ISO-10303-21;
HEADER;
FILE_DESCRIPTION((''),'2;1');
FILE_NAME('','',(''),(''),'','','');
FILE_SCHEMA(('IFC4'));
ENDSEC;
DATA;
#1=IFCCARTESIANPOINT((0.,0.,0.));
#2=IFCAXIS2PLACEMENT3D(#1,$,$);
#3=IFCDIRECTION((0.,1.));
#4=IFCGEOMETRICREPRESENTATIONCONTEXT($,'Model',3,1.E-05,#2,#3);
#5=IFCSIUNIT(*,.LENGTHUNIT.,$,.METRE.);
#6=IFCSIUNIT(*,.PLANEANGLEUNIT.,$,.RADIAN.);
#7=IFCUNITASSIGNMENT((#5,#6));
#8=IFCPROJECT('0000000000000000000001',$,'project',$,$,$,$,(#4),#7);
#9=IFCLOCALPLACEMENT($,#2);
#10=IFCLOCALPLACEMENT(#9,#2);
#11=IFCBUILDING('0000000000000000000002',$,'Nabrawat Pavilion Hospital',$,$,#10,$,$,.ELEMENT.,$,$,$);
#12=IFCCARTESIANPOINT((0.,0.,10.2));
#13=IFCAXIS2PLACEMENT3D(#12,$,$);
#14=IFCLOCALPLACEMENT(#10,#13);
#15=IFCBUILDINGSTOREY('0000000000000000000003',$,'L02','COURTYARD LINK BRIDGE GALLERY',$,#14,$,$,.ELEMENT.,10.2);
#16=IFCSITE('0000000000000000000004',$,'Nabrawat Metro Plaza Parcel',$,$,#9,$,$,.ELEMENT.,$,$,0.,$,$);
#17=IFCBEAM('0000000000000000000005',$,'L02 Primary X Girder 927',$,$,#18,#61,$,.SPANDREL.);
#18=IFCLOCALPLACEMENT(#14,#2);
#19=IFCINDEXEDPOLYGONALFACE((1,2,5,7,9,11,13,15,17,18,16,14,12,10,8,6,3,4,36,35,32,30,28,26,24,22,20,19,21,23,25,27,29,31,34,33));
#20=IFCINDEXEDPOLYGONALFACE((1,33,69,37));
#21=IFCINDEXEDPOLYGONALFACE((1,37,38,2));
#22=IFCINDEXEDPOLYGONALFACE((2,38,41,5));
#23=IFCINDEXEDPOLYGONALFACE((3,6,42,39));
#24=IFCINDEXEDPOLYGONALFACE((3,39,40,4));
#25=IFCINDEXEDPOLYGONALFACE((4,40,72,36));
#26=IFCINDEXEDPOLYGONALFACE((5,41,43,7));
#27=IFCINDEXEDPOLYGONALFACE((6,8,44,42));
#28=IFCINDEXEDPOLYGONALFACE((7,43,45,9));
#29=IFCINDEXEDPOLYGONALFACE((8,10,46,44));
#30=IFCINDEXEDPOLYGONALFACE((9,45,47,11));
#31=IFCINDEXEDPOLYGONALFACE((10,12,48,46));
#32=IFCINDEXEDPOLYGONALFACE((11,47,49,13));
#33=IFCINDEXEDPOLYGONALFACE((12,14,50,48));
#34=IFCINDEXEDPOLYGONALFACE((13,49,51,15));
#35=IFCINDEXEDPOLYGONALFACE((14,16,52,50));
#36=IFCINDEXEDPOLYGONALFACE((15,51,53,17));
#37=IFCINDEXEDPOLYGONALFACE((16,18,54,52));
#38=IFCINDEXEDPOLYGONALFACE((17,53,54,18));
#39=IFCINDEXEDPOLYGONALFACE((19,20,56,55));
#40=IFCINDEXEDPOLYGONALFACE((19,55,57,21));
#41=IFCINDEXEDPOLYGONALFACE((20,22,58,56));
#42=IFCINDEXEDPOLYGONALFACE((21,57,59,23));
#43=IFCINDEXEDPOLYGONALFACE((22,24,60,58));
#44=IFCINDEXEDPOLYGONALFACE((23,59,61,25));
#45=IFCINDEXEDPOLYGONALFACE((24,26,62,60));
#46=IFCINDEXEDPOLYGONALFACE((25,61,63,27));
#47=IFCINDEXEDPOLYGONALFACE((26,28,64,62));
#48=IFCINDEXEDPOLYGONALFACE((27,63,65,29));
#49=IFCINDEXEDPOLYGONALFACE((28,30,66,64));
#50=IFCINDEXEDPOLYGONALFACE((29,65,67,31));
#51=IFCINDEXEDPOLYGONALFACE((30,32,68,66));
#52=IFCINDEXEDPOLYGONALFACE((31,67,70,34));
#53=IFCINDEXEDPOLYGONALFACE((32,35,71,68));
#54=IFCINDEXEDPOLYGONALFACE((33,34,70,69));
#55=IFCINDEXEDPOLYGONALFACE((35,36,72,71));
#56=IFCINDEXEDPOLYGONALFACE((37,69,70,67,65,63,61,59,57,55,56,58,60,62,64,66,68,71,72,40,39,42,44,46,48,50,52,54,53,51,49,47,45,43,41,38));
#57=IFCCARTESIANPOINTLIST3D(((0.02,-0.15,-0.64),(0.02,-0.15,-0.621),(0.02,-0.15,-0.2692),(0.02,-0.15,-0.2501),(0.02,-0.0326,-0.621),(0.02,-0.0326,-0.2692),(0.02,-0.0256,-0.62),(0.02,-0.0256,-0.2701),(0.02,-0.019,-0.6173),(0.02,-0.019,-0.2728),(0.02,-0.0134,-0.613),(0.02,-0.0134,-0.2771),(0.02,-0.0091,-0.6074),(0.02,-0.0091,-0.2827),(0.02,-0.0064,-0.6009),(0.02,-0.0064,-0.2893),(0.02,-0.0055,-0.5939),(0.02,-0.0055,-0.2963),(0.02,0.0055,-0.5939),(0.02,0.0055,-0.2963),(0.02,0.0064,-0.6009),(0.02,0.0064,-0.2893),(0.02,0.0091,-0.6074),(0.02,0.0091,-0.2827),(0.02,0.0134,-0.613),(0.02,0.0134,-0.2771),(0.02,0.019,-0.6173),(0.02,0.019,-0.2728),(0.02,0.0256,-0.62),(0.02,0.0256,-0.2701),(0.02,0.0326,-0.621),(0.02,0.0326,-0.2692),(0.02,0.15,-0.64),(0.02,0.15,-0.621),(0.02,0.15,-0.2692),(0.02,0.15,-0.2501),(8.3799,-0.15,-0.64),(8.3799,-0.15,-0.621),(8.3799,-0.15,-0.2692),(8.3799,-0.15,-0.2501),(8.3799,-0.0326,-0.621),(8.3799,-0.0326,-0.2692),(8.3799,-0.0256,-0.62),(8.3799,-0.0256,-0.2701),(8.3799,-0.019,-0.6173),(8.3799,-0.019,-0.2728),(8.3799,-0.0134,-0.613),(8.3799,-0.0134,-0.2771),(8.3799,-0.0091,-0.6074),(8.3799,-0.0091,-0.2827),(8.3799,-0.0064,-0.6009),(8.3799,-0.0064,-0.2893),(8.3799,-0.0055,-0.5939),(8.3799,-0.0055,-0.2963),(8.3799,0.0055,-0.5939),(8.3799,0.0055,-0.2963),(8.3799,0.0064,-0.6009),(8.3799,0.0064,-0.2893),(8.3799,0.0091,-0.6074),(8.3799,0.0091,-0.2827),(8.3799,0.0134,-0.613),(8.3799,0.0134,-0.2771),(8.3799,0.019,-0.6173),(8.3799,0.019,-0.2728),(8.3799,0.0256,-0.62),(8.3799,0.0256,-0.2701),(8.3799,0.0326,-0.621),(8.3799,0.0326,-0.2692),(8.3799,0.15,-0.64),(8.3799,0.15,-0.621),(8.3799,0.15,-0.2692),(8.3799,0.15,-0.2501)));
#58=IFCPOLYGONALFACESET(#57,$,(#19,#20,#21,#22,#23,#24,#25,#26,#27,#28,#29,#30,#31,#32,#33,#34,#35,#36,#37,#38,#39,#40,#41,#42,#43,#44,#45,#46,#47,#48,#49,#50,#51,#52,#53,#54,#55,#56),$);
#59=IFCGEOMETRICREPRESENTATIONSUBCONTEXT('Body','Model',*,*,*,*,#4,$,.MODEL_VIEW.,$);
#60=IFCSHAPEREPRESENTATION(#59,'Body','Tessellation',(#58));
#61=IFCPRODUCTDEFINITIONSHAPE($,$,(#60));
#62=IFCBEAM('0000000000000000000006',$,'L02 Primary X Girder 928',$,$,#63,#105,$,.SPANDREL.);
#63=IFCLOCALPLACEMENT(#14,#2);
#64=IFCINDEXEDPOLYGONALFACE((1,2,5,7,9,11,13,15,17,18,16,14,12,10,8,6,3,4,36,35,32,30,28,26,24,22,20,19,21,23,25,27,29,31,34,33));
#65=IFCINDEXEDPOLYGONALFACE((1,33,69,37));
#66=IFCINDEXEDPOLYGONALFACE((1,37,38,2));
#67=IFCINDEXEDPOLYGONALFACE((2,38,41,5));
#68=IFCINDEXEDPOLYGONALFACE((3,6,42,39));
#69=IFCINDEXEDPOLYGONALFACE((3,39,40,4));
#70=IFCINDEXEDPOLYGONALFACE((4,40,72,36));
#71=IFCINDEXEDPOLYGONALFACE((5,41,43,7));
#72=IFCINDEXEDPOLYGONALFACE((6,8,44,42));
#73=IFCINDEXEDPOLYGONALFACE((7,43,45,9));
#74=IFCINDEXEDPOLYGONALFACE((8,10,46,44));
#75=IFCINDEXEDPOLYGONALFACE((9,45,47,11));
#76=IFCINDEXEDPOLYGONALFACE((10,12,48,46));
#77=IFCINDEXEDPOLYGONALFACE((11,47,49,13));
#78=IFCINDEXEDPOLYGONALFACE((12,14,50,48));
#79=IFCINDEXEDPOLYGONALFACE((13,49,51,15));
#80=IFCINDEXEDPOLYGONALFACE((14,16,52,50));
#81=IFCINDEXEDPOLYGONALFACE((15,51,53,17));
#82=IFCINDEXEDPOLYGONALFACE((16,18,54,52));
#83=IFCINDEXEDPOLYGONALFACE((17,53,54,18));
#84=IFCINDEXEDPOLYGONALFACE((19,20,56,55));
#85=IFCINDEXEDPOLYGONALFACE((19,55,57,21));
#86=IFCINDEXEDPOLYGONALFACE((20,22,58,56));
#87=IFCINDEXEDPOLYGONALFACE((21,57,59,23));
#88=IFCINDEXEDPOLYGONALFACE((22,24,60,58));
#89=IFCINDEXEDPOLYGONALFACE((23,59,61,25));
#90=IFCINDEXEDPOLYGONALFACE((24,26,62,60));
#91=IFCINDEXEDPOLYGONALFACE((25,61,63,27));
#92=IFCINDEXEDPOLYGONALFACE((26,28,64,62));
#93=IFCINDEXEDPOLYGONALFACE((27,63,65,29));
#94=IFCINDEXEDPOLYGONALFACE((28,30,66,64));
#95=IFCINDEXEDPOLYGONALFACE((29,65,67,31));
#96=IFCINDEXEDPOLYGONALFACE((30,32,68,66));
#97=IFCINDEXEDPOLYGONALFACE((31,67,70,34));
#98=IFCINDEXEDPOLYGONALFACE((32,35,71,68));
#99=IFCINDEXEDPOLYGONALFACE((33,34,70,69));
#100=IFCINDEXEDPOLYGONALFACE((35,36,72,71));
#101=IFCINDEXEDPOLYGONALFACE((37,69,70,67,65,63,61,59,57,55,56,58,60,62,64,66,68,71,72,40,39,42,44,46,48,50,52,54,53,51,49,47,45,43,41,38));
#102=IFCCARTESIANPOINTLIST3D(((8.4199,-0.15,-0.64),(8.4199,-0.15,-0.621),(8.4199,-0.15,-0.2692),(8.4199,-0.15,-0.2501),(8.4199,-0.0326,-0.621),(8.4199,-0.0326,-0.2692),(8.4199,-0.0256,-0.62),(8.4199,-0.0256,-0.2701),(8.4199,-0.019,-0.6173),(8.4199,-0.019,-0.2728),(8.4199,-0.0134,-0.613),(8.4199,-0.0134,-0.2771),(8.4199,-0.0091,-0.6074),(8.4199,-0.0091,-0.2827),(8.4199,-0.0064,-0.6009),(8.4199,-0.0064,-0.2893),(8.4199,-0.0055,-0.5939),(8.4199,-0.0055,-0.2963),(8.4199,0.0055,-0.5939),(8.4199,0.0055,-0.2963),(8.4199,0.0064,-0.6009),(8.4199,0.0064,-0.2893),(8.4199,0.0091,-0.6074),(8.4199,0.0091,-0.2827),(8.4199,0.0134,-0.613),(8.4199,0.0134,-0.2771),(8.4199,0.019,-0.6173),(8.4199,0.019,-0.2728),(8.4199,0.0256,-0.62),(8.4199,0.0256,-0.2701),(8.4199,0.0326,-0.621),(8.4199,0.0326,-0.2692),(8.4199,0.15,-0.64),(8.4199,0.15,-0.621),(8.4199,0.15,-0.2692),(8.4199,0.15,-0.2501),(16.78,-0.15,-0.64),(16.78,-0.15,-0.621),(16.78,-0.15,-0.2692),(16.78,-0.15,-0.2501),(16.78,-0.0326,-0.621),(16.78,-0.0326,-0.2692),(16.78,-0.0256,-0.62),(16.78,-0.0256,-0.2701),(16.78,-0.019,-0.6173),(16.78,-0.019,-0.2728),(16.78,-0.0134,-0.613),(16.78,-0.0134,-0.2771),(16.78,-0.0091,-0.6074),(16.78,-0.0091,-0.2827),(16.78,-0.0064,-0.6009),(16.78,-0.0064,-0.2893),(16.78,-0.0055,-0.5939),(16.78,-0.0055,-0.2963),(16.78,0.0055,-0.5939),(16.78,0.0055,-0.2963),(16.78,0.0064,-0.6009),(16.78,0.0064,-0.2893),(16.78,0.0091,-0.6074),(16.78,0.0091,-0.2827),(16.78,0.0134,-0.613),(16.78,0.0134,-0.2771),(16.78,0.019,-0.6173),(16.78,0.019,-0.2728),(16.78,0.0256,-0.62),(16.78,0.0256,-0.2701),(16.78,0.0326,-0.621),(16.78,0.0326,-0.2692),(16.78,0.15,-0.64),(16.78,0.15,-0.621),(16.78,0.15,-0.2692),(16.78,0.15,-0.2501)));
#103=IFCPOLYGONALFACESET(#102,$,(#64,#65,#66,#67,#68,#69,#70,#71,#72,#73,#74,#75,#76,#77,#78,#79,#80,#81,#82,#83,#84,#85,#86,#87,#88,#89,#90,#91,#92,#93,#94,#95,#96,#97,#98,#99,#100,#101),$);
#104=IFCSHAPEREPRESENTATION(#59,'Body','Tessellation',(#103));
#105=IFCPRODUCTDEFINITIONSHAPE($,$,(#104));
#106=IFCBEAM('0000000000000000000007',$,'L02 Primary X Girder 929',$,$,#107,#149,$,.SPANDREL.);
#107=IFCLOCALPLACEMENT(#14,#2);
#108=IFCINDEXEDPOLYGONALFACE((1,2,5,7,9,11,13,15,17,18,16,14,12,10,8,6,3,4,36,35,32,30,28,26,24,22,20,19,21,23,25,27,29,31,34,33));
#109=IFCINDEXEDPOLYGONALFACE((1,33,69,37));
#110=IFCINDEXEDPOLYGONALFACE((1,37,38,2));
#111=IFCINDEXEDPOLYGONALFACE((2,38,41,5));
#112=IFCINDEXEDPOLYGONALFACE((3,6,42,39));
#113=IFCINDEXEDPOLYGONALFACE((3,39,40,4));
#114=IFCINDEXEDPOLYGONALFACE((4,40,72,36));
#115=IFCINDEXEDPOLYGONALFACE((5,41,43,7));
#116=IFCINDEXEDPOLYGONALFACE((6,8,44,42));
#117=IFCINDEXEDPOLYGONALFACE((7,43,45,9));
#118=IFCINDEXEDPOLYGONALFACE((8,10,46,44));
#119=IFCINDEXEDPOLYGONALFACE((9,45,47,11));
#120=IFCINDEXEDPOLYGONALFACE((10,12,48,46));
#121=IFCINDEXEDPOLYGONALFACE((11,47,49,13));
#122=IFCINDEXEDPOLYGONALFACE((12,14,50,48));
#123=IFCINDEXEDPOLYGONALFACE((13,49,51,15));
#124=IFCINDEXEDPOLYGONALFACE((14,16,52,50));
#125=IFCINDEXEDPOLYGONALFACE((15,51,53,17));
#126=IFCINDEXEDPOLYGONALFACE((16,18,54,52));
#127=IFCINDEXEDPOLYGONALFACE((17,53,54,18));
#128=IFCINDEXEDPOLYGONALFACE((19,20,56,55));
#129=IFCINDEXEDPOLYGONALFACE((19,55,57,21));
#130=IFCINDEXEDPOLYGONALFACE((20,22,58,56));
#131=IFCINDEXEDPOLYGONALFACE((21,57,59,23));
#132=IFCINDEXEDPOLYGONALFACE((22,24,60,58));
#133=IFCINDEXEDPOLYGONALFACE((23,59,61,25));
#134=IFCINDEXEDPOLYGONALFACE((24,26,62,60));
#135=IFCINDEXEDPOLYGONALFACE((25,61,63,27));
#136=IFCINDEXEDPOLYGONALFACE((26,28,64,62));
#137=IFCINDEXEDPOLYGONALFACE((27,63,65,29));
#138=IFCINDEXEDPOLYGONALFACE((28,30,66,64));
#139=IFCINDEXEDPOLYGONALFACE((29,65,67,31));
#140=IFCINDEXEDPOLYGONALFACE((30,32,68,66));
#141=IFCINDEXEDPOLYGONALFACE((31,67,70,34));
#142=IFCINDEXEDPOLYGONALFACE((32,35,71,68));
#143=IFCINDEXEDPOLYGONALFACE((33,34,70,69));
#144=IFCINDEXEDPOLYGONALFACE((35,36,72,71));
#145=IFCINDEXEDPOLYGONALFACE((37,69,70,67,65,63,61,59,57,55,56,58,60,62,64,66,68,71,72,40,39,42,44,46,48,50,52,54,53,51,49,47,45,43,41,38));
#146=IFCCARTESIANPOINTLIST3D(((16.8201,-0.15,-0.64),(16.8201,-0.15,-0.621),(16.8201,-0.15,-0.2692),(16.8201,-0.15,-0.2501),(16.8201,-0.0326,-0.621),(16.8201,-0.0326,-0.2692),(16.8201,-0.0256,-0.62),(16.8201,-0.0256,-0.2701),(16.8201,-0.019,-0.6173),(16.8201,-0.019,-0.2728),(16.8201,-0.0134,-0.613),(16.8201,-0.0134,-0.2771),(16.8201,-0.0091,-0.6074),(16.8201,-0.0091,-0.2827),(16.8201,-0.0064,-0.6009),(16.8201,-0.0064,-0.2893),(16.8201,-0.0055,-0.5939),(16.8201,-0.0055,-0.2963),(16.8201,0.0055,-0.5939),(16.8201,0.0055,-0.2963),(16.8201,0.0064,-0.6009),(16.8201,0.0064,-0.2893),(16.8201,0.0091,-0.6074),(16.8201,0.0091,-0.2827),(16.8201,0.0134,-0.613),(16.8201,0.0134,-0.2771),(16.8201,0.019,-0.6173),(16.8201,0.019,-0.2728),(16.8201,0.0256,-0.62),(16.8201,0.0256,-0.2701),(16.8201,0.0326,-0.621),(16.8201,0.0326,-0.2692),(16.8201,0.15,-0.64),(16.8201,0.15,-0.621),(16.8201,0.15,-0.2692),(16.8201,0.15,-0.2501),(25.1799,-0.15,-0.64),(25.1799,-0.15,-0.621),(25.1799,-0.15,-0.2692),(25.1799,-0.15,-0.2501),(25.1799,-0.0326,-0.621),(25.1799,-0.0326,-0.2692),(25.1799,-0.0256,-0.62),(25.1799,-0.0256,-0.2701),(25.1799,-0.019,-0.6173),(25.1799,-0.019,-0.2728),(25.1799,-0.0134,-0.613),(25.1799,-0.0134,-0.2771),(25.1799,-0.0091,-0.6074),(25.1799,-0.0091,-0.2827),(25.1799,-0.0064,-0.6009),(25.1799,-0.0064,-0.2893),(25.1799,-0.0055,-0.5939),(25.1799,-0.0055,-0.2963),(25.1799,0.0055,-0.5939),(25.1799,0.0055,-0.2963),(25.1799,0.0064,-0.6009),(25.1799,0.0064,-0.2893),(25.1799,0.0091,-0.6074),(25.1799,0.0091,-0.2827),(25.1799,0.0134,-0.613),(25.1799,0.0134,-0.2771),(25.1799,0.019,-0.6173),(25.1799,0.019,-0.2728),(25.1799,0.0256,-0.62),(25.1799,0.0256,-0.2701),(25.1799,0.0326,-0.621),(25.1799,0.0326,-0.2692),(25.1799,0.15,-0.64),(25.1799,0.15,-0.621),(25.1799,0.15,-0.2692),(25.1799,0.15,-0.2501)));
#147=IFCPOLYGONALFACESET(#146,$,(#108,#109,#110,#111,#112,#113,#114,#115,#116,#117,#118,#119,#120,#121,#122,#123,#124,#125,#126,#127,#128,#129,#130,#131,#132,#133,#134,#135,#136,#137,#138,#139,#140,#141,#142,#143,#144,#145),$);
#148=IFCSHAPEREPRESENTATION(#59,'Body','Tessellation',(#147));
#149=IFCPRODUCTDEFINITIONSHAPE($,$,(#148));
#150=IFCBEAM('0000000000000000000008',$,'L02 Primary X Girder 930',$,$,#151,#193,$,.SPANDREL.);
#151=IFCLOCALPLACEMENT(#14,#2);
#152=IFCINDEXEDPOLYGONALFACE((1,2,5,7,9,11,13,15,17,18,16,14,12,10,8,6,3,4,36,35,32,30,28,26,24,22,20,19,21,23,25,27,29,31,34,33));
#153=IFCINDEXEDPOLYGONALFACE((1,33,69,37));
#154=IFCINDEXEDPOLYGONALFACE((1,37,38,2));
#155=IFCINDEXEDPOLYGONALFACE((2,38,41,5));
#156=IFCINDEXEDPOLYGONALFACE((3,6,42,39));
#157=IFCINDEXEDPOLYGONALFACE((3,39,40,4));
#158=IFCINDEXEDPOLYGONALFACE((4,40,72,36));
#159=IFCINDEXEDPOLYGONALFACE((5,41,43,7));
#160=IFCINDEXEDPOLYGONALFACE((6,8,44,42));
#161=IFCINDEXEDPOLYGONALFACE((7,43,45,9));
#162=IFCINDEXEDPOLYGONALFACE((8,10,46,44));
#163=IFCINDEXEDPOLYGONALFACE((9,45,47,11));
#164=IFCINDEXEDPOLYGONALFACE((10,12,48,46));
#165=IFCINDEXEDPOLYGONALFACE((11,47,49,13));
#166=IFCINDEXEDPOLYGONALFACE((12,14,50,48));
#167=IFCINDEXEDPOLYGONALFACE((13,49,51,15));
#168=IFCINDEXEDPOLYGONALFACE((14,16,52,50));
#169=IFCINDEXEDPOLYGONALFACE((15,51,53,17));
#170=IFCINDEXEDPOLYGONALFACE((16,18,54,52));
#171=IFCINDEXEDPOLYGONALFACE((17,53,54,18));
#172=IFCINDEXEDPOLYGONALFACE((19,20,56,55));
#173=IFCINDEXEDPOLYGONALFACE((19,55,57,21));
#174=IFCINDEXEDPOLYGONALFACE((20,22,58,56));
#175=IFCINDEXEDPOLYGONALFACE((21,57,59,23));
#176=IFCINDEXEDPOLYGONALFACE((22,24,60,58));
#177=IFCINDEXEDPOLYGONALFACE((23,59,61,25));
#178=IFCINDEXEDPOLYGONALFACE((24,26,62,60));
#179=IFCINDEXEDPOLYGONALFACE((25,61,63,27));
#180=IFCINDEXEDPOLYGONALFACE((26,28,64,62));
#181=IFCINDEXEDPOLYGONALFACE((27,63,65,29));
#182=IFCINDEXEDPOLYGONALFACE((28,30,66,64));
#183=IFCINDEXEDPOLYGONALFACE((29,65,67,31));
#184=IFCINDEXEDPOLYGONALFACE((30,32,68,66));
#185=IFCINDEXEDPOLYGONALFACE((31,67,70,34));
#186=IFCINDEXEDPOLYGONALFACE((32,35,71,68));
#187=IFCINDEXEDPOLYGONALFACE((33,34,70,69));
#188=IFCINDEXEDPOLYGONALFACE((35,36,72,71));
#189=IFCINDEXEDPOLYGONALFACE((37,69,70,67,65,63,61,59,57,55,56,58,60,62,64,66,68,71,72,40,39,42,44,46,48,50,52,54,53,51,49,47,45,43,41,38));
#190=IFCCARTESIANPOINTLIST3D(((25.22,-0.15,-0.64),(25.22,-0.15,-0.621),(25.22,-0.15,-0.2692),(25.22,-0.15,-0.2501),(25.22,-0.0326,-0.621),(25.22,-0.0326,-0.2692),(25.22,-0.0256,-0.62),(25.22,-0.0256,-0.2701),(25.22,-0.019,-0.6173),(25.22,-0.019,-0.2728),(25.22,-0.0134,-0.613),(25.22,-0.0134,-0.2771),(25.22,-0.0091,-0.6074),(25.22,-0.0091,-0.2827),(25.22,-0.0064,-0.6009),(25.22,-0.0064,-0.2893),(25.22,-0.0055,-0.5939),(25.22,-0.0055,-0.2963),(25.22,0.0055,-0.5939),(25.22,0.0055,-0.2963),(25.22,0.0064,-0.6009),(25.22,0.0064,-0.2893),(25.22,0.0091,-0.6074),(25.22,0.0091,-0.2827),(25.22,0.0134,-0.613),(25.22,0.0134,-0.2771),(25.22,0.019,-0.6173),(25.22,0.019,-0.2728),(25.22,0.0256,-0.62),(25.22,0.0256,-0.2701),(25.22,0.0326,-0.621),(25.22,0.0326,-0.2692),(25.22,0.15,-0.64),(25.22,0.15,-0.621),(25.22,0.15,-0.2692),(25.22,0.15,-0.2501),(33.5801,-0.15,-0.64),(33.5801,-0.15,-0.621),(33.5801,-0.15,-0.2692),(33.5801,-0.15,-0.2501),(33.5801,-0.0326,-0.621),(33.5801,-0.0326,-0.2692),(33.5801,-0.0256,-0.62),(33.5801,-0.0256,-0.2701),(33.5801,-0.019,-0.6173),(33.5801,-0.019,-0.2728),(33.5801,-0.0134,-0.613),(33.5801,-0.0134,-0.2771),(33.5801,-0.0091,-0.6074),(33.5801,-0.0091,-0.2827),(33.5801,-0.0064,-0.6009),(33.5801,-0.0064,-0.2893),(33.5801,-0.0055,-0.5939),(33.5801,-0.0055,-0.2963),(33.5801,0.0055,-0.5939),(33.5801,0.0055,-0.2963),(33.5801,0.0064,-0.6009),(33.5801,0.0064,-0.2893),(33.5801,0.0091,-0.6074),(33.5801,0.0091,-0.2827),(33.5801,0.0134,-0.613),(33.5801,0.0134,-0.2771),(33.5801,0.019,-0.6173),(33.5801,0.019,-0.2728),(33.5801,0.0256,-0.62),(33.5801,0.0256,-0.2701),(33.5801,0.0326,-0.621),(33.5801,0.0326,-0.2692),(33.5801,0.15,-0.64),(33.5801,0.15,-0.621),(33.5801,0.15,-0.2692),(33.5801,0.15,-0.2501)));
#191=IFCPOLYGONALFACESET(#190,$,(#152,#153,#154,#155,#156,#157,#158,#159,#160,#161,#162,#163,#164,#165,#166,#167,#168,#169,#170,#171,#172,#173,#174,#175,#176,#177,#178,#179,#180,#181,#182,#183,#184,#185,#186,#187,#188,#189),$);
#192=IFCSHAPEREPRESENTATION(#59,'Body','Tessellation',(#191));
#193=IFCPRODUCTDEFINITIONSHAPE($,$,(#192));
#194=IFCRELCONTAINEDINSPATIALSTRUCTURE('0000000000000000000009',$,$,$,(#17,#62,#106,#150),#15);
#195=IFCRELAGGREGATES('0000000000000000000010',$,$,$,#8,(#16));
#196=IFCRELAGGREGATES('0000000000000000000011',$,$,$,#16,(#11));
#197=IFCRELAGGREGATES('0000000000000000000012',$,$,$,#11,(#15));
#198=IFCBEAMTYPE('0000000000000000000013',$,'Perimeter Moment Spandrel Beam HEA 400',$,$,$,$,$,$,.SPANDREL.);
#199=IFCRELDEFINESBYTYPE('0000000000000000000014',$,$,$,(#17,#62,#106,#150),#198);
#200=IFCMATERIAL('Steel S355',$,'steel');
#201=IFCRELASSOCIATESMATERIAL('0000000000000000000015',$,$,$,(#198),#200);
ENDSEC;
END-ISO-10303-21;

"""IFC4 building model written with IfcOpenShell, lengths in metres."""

from ifc_helpers import new_model, si_unit, direction, frame, origin, origin_2d, place, context, subcontext, project, spatial, i_section, extrude, material, material_profile, profile_set, type_object, element, save


model = new_model("IFC4")

# Units and contexts
model_context = context("Model", 3, precision=1e-05, world=origin(), true_north=direction((0.0, 1.0)))
body_context = subcontext(model_context, "Body", "Model", "MODEL_VIEW")
ifc_project = project(units=[si_unit("LENGTHUNIT", "METRE"), si_unit("PLANEANGLEUNIT", "RADIAN")], contexts=[model_context])

# Site, building, storey
site_placement = place(None, origin())
site = spatial("IfcSite", under=ifc_project, at=site_placement, Name="Nabrawat Metro Plaza Parcel", CompositionType="ELEMENT", RefElevation=0.0)
building_placement = place(site_placement, origin())
building = spatial("IfcBuilding", under=site, at=building_placement, Name="Nabrawat Pavilion Hospital", CompositionType="ELEMENT")
storey_placement = place(building_placement, frame((0.0, 0.0, 10.2)))
storey = spatial("IfcBuildingStorey", under=building, at=storey_placement, Name="L02", Description="COURTYARD LINK BRIDGE GALLERY", CompositionType="ELEMENT", Elevation=10.2)

# Beams
ifc_material_1 = material(Name="Steel S355", Category="steel")
ifc_material_profile_1 = material_profile(ifc_material_1, i_section(OverallWidth=0.3, OverallDepth=0.3899, WebThickness=0.011, FlangeThickness=0.019, FilletRadius=0.0271, at=origin_2d()), Name="HEA 400")
ifc_profile_set_1 = profile_set([ifc_material_profile_1], Name="Steel S355")
beam_type_1 = type_object("IfcBeamType", Name="Perimeter Moment Spandrel Beam HEA 400", PredefinedType="SPANDREL", material=ifc_profile_set_1)
beam_1_placement = place(storey_placement, frame((0.02, 0.0, -0.4451), z_axis=(1.0, 0.0, 0.0), x_axis=(0.0, 1.0, 0.0)))
element("IfcBeam", 1, at=beam_1_placement, inside=storey, type_object=beam_type_1, Name="L02 Primary X Girder 927", PredefinedType="SPANDREL", context=body_context, shape_type="SweptSolid", body=[
    extrude(i_section(OverallWidth=0.3, OverallDepth=0.3899, WebThickness=0.011, FlangeThickness=0.019, FilletRadius=0.0271, at=origin_2d()), origin(), (0.0, 0.0, 1.0), 8.3599),
])
beam_2_placement = place(storey_placement, frame((8.4199, 0.0, -0.4451), z_axis=(1.0, 0.0, 0.0), x_axis=(0.0, 1.0, 0.0)))
element("IfcBeam", 2, at=beam_2_placement, inside=storey, type_object=beam_type_1, Name="L02 Primary X Girder 928", PredefinedType="SPANDREL", context=body_context, shape_type="SweptSolid", body=[
    extrude(i_section(OverallWidth=0.3, OverallDepth=0.3899, WebThickness=0.011, FlangeThickness=0.019, FilletRadius=0.0271, at=origin_2d()), origin(), (0.0, 0.0, 1.0), 8.3601),
])
beam_3_placement = place(storey_placement, frame((16.8201, 0.0, -0.4451), z_axis=(1.0, 0.0, 0.0), x_axis=(0.0, 1.0, 0.0)))
element("IfcBeam", 3, at=beam_3_placement, inside=storey, type_object=beam_type_1, Name="L02 Primary X Girder 929", PredefinedType="SPANDREL", context=body_context, shape_type="SweptSolid", body=[
    extrude(i_section(OverallWidth=0.3, OverallDepth=0.3899, WebThickness=0.011, FlangeThickness=0.019, FilletRadius=0.0271, at=origin_2d()), origin(), (0.0, 0.0, 1.0), 8.3599),
])
beam_4_placement = place(storey_placement, frame((25.22, 0.0, -0.4451), z_axis=(1.0, 0.0, 0.0), x_axis=(0.0, 1.0, 0.0)))
element("IfcBeam", 4, at=beam_4_placement, inside=storey, type_object=beam_type_1, Name="L02 Primary X Girder 930", PredefinedType="SPANDREL", context=body_context, shape_type="SweptSolid", body=[
    extrude(i_section(OverallWidth=0.3, OverallDepth=0.3899, WebThickness=0.011, FlangeThickness=0.019, FilletRadius=0.0271, at=origin_2d()), origin(), (0.0, 0.0, 1.0), 8.3601),
])

save(model, "model.ifc")
